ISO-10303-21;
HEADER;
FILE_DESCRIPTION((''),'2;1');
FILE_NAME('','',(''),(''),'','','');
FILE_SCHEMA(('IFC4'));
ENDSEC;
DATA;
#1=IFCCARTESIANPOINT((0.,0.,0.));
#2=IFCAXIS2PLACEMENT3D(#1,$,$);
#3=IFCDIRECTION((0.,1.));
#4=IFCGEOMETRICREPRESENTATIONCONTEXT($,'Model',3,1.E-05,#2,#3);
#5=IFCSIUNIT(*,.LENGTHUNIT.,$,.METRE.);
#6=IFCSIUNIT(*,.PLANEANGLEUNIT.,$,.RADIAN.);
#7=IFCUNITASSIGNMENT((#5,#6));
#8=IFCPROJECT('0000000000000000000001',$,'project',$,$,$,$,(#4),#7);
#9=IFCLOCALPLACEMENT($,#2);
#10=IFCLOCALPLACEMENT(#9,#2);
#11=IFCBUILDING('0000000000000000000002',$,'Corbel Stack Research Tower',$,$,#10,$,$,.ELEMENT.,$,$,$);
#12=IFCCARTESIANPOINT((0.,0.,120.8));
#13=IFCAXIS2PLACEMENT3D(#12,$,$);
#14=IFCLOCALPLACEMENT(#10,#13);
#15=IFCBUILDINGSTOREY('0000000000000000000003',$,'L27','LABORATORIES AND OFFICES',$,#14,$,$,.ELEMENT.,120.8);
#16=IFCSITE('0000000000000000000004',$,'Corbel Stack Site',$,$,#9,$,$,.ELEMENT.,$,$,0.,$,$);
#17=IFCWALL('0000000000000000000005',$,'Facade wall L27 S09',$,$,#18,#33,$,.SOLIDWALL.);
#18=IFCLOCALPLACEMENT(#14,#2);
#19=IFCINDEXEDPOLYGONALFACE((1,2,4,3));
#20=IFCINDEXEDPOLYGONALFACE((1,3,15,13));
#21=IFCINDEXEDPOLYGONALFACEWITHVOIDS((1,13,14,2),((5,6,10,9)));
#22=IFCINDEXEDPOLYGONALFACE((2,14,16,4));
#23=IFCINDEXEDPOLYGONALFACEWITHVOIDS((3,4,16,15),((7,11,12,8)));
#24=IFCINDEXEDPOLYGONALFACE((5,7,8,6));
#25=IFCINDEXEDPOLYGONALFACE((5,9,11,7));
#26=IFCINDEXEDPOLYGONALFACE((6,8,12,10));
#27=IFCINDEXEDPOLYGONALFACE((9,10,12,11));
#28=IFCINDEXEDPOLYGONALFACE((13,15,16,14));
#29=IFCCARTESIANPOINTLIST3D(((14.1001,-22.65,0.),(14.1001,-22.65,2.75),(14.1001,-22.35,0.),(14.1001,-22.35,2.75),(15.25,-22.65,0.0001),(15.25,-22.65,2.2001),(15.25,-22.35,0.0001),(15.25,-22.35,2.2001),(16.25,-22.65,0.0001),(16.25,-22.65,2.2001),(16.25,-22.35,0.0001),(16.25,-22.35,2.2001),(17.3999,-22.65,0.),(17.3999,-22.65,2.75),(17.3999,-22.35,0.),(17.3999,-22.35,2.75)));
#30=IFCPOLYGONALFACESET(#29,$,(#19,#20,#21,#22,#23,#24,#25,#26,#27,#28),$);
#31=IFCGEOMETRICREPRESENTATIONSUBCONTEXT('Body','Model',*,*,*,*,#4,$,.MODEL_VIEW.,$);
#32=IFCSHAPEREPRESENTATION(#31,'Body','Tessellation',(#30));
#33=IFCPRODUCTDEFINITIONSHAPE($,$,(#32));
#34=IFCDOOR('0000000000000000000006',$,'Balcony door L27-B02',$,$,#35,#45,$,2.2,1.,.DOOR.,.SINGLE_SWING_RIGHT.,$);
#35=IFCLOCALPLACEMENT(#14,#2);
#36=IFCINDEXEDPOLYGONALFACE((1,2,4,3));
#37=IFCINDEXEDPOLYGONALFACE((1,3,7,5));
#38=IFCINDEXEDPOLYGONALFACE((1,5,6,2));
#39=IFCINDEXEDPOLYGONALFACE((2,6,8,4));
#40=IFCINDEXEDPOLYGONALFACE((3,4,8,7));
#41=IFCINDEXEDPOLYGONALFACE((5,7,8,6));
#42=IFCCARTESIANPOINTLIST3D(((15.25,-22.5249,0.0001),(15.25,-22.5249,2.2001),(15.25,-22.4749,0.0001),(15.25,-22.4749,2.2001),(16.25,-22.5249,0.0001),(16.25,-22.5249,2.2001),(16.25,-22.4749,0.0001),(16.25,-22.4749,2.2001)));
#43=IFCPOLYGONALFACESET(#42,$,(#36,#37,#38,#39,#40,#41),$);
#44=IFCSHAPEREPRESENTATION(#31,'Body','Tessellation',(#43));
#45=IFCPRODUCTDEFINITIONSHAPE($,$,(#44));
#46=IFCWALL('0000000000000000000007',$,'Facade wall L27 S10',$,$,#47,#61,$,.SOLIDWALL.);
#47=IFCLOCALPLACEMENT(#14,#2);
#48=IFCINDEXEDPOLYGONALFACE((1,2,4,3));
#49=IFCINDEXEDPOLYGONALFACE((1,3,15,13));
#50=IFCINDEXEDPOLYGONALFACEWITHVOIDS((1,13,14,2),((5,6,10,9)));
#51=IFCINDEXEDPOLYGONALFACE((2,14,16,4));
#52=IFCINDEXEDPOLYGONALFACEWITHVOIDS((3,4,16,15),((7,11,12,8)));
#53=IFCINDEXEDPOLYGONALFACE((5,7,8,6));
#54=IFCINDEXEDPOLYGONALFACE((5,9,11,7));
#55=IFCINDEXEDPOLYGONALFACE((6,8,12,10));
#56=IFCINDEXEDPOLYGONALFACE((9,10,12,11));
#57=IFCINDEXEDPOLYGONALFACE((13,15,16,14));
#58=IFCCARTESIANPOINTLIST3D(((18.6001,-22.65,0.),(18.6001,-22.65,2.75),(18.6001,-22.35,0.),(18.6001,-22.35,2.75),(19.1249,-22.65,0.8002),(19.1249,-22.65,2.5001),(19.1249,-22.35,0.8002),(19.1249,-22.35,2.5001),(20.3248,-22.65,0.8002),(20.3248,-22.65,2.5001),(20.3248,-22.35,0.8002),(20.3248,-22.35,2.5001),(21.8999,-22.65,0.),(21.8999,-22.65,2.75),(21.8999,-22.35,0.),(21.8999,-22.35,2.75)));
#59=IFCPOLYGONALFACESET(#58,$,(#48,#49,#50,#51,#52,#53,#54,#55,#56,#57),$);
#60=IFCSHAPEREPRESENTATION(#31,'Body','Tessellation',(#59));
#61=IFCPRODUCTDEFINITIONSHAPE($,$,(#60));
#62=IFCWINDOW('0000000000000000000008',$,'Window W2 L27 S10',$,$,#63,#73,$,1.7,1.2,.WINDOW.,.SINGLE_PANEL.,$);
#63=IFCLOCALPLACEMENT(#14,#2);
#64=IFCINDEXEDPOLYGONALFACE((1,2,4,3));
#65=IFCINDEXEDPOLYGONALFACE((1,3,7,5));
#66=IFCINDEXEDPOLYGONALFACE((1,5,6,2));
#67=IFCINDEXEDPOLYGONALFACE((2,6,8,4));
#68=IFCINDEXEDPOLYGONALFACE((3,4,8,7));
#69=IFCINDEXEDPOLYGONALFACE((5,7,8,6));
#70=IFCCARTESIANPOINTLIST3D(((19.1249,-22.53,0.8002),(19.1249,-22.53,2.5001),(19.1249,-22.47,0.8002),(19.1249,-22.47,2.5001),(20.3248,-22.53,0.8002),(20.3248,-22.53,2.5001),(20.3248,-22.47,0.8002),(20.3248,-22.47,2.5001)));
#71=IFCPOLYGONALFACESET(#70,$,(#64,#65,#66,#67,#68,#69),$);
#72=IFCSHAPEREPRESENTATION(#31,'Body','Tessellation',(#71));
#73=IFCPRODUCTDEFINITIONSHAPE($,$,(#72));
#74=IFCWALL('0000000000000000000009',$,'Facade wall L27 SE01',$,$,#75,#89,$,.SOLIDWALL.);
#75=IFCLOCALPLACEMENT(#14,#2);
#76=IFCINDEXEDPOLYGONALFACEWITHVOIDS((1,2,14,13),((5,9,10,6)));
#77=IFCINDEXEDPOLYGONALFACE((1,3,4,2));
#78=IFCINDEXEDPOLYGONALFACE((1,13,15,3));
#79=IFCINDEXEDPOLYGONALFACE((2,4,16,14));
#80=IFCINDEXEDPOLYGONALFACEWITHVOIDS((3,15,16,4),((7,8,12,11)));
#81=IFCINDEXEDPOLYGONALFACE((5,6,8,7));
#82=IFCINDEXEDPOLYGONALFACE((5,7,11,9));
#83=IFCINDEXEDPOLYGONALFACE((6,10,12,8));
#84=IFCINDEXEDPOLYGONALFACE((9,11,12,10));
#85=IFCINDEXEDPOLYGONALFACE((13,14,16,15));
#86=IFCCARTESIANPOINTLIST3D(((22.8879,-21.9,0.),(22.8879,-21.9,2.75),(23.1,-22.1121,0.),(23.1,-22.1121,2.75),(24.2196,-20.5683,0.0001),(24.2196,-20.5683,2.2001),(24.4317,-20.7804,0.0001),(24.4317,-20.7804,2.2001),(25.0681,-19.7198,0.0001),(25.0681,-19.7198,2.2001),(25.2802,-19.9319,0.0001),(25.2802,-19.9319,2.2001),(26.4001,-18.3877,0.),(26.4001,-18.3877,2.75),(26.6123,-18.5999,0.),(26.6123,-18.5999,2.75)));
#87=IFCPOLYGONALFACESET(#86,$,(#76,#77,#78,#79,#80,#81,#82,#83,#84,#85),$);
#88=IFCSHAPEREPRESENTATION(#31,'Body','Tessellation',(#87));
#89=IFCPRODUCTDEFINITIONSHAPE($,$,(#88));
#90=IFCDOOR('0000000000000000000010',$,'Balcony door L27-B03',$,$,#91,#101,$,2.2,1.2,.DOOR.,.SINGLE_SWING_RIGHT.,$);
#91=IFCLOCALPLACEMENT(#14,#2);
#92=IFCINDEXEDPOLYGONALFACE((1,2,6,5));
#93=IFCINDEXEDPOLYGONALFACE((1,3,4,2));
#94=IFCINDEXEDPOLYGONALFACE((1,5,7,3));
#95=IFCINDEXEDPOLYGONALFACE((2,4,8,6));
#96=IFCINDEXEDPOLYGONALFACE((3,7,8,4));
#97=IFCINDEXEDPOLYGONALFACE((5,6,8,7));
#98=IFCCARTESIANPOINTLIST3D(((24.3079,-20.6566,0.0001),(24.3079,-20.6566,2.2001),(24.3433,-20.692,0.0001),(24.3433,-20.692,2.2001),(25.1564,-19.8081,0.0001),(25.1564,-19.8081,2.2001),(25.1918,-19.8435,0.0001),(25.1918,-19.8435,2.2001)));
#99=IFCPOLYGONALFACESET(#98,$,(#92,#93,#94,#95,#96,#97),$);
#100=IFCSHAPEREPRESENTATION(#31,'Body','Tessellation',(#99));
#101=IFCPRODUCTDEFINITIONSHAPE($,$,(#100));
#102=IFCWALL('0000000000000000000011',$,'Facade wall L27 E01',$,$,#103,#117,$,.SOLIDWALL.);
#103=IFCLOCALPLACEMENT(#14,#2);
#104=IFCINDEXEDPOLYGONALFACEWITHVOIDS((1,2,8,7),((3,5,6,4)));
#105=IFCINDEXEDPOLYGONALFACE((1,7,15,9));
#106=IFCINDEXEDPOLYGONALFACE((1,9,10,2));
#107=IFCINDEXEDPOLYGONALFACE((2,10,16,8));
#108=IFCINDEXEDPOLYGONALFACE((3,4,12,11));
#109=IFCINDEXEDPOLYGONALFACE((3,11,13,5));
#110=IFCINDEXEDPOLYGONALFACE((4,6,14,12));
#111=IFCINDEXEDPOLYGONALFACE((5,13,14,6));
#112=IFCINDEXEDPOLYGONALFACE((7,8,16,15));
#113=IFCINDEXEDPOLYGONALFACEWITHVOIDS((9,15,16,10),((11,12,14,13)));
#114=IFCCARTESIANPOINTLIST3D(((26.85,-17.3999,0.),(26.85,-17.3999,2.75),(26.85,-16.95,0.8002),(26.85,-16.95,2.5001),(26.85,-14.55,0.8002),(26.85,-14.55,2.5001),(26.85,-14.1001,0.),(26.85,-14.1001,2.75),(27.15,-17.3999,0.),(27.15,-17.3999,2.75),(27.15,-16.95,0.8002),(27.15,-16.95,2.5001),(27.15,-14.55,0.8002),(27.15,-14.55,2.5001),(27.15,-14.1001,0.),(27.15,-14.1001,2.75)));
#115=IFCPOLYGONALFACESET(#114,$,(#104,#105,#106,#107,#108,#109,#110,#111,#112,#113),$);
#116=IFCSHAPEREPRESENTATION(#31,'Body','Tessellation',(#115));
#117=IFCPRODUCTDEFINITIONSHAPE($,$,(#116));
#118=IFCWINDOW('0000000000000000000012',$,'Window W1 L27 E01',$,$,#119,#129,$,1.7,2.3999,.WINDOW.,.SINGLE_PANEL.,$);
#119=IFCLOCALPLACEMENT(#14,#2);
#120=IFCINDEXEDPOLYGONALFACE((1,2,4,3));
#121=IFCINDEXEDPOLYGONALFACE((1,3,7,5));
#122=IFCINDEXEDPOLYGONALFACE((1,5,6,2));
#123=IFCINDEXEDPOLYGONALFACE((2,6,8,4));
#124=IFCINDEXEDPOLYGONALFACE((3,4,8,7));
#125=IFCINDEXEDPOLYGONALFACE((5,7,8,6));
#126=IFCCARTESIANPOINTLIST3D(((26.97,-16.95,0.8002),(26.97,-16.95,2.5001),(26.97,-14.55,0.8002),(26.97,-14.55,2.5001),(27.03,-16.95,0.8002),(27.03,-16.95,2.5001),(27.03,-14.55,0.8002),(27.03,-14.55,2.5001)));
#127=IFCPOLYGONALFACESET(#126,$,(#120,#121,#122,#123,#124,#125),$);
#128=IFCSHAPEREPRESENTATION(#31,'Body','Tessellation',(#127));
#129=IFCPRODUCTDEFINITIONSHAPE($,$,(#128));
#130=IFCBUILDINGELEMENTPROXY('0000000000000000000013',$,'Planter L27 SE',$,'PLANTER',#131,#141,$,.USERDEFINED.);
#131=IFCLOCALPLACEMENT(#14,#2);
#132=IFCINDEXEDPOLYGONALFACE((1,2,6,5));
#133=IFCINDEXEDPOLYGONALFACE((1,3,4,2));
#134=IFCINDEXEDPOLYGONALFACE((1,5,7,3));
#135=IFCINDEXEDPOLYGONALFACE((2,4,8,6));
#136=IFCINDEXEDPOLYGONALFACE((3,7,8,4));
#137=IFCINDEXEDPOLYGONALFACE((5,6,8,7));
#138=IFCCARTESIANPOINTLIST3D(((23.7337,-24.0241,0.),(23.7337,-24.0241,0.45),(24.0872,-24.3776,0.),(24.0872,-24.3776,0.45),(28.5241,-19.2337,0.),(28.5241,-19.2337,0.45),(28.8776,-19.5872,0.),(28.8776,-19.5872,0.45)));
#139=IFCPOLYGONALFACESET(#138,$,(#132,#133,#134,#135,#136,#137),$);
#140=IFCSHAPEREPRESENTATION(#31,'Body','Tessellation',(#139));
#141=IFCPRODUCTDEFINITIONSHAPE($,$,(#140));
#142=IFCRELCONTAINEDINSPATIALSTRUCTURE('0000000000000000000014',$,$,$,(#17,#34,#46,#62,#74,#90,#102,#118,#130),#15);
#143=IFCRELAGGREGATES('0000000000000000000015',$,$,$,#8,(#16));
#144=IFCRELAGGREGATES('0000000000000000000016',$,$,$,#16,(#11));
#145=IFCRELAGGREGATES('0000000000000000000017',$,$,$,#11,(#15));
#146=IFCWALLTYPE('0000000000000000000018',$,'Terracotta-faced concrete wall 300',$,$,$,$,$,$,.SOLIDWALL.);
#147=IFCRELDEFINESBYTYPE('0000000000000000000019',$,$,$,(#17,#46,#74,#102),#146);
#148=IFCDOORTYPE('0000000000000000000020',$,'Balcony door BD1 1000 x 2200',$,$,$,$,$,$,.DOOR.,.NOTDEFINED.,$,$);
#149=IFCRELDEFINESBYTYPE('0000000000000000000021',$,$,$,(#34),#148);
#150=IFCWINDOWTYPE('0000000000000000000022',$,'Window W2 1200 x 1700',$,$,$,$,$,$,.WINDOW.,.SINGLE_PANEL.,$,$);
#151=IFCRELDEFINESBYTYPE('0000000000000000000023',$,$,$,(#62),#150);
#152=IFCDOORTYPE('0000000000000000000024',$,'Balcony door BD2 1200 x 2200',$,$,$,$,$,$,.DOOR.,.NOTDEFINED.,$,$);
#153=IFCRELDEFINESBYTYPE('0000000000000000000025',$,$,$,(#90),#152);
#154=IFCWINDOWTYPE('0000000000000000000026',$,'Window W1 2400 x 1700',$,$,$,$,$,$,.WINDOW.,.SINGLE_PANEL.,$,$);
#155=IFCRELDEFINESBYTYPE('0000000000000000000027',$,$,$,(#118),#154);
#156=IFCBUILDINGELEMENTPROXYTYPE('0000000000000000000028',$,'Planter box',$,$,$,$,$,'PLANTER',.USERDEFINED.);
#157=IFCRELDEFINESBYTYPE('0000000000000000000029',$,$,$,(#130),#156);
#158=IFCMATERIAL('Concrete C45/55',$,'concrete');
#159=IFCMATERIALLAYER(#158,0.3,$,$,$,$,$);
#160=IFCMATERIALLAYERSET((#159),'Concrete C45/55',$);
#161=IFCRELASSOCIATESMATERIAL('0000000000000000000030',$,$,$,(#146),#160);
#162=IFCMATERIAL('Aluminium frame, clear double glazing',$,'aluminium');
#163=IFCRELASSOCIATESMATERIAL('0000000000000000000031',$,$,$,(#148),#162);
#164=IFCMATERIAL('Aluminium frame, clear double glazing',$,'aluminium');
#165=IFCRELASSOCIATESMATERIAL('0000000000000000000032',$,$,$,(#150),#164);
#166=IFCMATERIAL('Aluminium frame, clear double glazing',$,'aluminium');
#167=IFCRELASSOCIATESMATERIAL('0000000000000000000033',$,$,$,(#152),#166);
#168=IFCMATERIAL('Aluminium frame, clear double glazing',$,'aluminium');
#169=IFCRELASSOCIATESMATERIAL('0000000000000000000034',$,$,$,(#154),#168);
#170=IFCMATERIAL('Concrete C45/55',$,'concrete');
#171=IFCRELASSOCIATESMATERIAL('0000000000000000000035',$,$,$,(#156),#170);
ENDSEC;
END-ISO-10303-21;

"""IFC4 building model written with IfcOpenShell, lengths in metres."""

from ifc_helpers import new_model, si_unit, direction, frame, frame_2d, origin, origin_2d, place, context, subcontext, project, spatial, rectangle, extrude, material, layer, layer_set, type_object, element, fill, save


model = new_model("IFC4")

# Units and contexts
model_context = context("Model", 3, precision=1e-05, world=origin(), true_north=direction((0.0, 1.0)))
body_context = subcontext(model_context, "Body", "Model", "MODEL_VIEW")
ifc_project = project(units=[si_unit("LENGTHUNIT", "METRE"), si_unit("PLANEANGLEUNIT", "RADIAN")], contexts=[model_context])

# Site, building, storey
site_placement = place(None, origin())
site = spatial("IfcSite", under=ifc_project, at=site_placement, Name="Corbel Stack Site", CompositionType="ELEMENT", RefElevation=0.0)
building_placement = place(site_placement, origin())
building = spatial("IfcBuilding", under=site, at=building_placement, Name="Corbel Stack Research Tower", CompositionType="ELEMENT")
storey_placement = place(building_placement, frame((0.0, 0.0, 120.8)))
storey = spatial("IfcBuildingStorey", under=building, at=storey_placement, Name="L27", Description="LABORATORIES AND OFFICES", CompositionType="ELEMENT", Elevation=120.8)

# Wall, opening, door
ifc_material_1 = material(Name="Concrete C45/55", Category="concrete")
ifc_layer_1 = layer(ifc_material_1, 0.3)
ifc_layer_set_1 = layer_set([ifc_layer_1], Name="Concrete C45/55")
wall_type_1 = type_object("IfcWallType", Name="Terracotta-faced concrete wall 300", PredefinedType="SOLIDWALL", material=ifc_layer_set_1)
wall_1_placement = place(storey_placement, frame((17.3999, -22.5, 0.0), z_axis=(0.0, 0.0, 1.0), x_axis=(-1.0, 0.0, 0.0)))
wall_1 = element("IfcWall", 1, at=wall_1_placement, inside=storey, type_object=wall_type_1, Name="Facade wall L27 S09", PredefinedType="SOLIDWALL", context=body_context, shape_type="SweptSolid", body=[
    extrude(rectangle(XDim=3.2998, YDim=0.3, at=frame_2d((1.6499, 0.0))), origin(), (0.0, 0.0, 1.0), 2.75),
])
opening_1_placement = place(wall_1_placement, frame((1.1499, 0.0, 0.0)))
opening_1 = element("IfcOpeningElement", 2, at=opening_1_placement, cuts=wall_1, PredefinedType="OPENING", context=body_context, shape_type="SweptSolid", body=[
    extrude(rectangle(XDim=1.0, YDim=2.2, at=frame_2d((0.5, 1.1001))), frame((0.0, 0.1599, 0.0), z_axis=(0.0, -1.0, 0.0), x_axis=(1.0, 0.0, 0.0)), (0.0, 0.0, 1.0), 0.3201),
])
ifc_material_2 = material(Name="Aluminium frame, clear double glazing", Category="aluminium")
door_type_1 = type_object("IfcDoorType", Name="Balcony door BD1 1000 x 2200", OperationType="NOTDEFINED", PredefinedType="DOOR", material=ifc_material_2)
door_1_placement = place(opening_1_placement, origin())
door_1 = element("IfcDoor", 3, at=door_1_placement, inside=storey, type_object=door_type_1, Name="Balcony door L27-B02", OperationType="SINGLE_SWING_RIGHT", OverallHeight=2.2, OverallWidth=1.0, PredefinedType="DOOR", context=body_context, shape_type="SweptSolid", body=[
    extrude(rectangle(XDim=1.0, YDim=2.2, at=frame_2d((0.5, 1.1001))), frame((0.0, 0.0249, 0.0), z_axis=(0.0, -1.0, 0.0), x_axis=(1.0, 0.0, 0.0)), (0.0, 0.0, 1.0), 0.05),
])
fill(opening_1, door_1)

# Wall, opening, window
wall_2_placement = place(storey_placement, frame((21.8999, -22.5, 0.0), z_axis=(0.0, 0.0, 1.0), x_axis=(-1.0, 0.0, 0.0)))
wall_2 = element("IfcWall", 4, at=wall_2_placement, inside=storey, type_object=wall_type_1, Name="Facade wall L27 S10", PredefinedType="SOLIDWALL", context=body_context, shape_type="SweptSolid", body=[
    extrude(rectangle(XDim=3.2998, YDim=0.3, at=frame_2d((1.6499, 0.0))), origin(), (0.0, 0.0, 1.0), 2.75),
])
opening_2_placement = place(wall_2_placement, frame((1.575, 0.0, 0.8)))
opening_2 = element("IfcOpeningElement", 5, at=opening_2_placement, cuts=wall_2, PredefinedType="OPENING", context=body_context, shape_type="SweptSolid", body=[
    extrude(rectangle(XDim=1.2, YDim=1.7, at=frame_2d((0.6001, 0.8501))), frame((0.0, 0.1599, 0.0), z_axis=(0.0, -1.0, 0.0), x_axis=(1.0, 0.0, 0.0)), (0.0, 0.0, 1.0), 0.3201),
])
ifc_material_3 = material(Name="Aluminium frame, clear double glazing", Category="aluminium")
window_type_1 = type_object("IfcWindowType", Name="Window W2 1200 x 1700", PartitioningType="SINGLE_PANEL", PredefinedType="WINDOW", material=ifc_material_3)
window_1_placement = place(opening_2_placement, origin())
window_1 = element("IfcWindow", 6, at=window_1_placement, inside=storey, type_object=window_type_1, Name="Window W2 L27 S10", OverallHeight=1.7, OverallWidth=1.2, PartitioningType="SINGLE_PANEL", PredefinedType="WINDOW", context=body_context, shape_type="SweptSolid", body=[
    extrude(rectangle(XDim=1.2, YDim=1.7, at=frame_2d((0.6001, 0.8501))), frame((0.0, 0.03, 0.0), z_axis=(0.0, -1.0, 0.0), x_axis=(1.0, 0.0, 0.0)), (0.0, 0.0, 1.0), 0.0601),
])
fill(opening_2, window_1)

# Wall, opening, door
wall_3_placement = place(storey_placement, frame((26.5061, -18.4939, 0.0), z_axis=(0.0, 0.0, 1.0), x_axis=(-0.707107, -0.707107, 0.0)))
wall_3 = element("IfcWall", 7, at=wall_3_placement, inside=storey, type_object=wall_type_1, Name="Facade wall L27 SE01", PredefinedType="SOLIDWALL", context=body_context, shape_type="SweptSolid", body=[
    extrude(rectangle(XDim=4.967, YDim=0.3, at=frame_2d((2.4834, 0.0))), origin(), (0.0, 0.0, 1.0), 2.75),
])
opening_3_placement = place(wall_3_placement, frame((1.8835, 0.0, 0.0)))
opening_3 = element("IfcOpeningElement", 8, at=opening_3_placement, cuts=wall_3, PredefinedType="OPENING", context=body_context, shape_type="SweptSolid", body=[
    extrude(rectangle(XDim=1.2, YDim=2.2, at=frame_2d((0.6001, 1.1001))), frame((0.0, 0.1599, 0.0), z_axis=(0.0, -1.0, 0.0), x_axis=(1.0, 0.0, 0.0)), (0.0, 0.0, 1.0), 0.3201),
])
ifc_material_4 = material(Name="Aluminium frame, clear double glazing", Category="aluminium")
door_type_2 = type_object("IfcDoorType", Name="Balcony door BD2 1200 x 2200", OperationType="NOTDEFINED", PredefinedType="DOOR", material=ifc_material_4)
door_2_placement = place(opening_3_placement, origin())
door_2 = element("IfcDoor", 9, at=door_2_placement, inside=storey, type_object=door_type_2, Name="Balcony door L27-B03", OperationType="SINGLE_SWING_RIGHT", OverallHeight=2.2, OverallWidth=1.2, PredefinedType="DOOR", context=body_context, shape_type="SweptSolid", body=[
    extrude(rectangle(XDim=1.2, YDim=2.2, at=frame_2d((0.6001, 1.1001))), frame((0.0, 0.0249, 0.0), z_axis=(0.0, -1.0, 0.0), x_axis=(1.0, 0.0, 0.0)), (0.0, 0.0, 1.0), 0.05),
])
fill(opening_3, door_2)

# Wall, opening, window
wall_4_placement = place(storey_placement, frame((27.0, -14.1001, 0.0), z_axis=(0.0, 0.0, 1.0), x_axis=(0.0, -1.0, 0.0)))
wall_4 = element("IfcWall", 10, at=wall_4_placement, inside=storey, type_object=wall_type_1, Name="Facade wall L27 E01", PredefinedType="SOLIDWALL", context=body_context, shape_type="SweptSolid", body=[
    extrude(rectangle(XDim=3.2998, YDim=0.3, at=frame_2d((1.6499, 0.0))), origin(), (0.0, 0.0, 1.0), 2.75),
])
opening_4_placement = place(wall_4_placement, frame((0.45, 0.0, 0.8)))
opening_4 = element("IfcOpeningElement", 11, at=opening_4_placement, cuts=wall_4, PredefinedType="OPENING", context=body_context, shape_type="SweptSolid", body=[
    extrude(rectangle(XDim=2.3999, YDim=1.7, at=frame_2d((1.2, 0.8501))), frame((0.0, 0.1599, 0.0), z_axis=(0.0, -1.0, 0.0), x_axis=(1.0, 0.0, 0.0)), (0.0, 0.0, 1.0), 0.3201),
])
ifc_material_5 = material(Name="Aluminium frame, clear double glazing", Category="aluminium")
window_type_2 = type_object("IfcWindowType", Name="Window W1 2400 x 1700", PartitioningType="SINGLE_PANEL", PredefinedType="WINDOW", material=ifc_material_5)
window_2_placement = place(opening_4_placement, origin())
window_2 = element("IfcWindow", 12, at=window_2_placement, inside=storey, type_object=window_type_2, Name="Window W1 L27 E01", OverallHeight=1.7, OverallWidth=2.3999, PartitioningType="SINGLE_PANEL", PredefinedType="WINDOW", context=body_context, shape_type="SweptSolid", body=[
    extrude(rectangle(XDim=2.3999, YDim=1.7, at=frame_2d((1.2, 0.8501))), frame((0.0, 0.03, 0.0), z_axis=(0.0, -1.0, 0.0), x_axis=(1.0, 0.0, 0.0)), (0.0, 0.0, 1.0), 0.0601),
])
fill(opening_4, window_2)

# Building element proxy
ifc_material_6 = material(Name="Concrete C45/55", Category="concrete")
building_element_proxy_type = type_object("IfcBuildingElementProxyType", Name="Planter box", ElementType="PLANTER", PredefinedType="USERDEFINED", material=ifc_material_6)
proxy_placement = place(storey_placement, frame((26.3057, -21.8057, 0.0), z_axis=(0.0, 0.0, 1.0), x_axis=(0.707107, 0.707107, 0.0)))
element("IfcBuildingElementProxy", 13, at=proxy_placement, inside=storey, type_object=building_element_proxy_type, Name="Planter L27 SE", ObjectType="PLANTER", PredefinedType="USERDEFINED", context=body_context, shape_type="SweptSolid", body=[
    extrude(rectangle(XDim=6.7747, YDim=0.5, at=origin_2d()), origin(), (0.0, 0.0, 1.0), 0.45),
])

save(model, "model.ifc")
